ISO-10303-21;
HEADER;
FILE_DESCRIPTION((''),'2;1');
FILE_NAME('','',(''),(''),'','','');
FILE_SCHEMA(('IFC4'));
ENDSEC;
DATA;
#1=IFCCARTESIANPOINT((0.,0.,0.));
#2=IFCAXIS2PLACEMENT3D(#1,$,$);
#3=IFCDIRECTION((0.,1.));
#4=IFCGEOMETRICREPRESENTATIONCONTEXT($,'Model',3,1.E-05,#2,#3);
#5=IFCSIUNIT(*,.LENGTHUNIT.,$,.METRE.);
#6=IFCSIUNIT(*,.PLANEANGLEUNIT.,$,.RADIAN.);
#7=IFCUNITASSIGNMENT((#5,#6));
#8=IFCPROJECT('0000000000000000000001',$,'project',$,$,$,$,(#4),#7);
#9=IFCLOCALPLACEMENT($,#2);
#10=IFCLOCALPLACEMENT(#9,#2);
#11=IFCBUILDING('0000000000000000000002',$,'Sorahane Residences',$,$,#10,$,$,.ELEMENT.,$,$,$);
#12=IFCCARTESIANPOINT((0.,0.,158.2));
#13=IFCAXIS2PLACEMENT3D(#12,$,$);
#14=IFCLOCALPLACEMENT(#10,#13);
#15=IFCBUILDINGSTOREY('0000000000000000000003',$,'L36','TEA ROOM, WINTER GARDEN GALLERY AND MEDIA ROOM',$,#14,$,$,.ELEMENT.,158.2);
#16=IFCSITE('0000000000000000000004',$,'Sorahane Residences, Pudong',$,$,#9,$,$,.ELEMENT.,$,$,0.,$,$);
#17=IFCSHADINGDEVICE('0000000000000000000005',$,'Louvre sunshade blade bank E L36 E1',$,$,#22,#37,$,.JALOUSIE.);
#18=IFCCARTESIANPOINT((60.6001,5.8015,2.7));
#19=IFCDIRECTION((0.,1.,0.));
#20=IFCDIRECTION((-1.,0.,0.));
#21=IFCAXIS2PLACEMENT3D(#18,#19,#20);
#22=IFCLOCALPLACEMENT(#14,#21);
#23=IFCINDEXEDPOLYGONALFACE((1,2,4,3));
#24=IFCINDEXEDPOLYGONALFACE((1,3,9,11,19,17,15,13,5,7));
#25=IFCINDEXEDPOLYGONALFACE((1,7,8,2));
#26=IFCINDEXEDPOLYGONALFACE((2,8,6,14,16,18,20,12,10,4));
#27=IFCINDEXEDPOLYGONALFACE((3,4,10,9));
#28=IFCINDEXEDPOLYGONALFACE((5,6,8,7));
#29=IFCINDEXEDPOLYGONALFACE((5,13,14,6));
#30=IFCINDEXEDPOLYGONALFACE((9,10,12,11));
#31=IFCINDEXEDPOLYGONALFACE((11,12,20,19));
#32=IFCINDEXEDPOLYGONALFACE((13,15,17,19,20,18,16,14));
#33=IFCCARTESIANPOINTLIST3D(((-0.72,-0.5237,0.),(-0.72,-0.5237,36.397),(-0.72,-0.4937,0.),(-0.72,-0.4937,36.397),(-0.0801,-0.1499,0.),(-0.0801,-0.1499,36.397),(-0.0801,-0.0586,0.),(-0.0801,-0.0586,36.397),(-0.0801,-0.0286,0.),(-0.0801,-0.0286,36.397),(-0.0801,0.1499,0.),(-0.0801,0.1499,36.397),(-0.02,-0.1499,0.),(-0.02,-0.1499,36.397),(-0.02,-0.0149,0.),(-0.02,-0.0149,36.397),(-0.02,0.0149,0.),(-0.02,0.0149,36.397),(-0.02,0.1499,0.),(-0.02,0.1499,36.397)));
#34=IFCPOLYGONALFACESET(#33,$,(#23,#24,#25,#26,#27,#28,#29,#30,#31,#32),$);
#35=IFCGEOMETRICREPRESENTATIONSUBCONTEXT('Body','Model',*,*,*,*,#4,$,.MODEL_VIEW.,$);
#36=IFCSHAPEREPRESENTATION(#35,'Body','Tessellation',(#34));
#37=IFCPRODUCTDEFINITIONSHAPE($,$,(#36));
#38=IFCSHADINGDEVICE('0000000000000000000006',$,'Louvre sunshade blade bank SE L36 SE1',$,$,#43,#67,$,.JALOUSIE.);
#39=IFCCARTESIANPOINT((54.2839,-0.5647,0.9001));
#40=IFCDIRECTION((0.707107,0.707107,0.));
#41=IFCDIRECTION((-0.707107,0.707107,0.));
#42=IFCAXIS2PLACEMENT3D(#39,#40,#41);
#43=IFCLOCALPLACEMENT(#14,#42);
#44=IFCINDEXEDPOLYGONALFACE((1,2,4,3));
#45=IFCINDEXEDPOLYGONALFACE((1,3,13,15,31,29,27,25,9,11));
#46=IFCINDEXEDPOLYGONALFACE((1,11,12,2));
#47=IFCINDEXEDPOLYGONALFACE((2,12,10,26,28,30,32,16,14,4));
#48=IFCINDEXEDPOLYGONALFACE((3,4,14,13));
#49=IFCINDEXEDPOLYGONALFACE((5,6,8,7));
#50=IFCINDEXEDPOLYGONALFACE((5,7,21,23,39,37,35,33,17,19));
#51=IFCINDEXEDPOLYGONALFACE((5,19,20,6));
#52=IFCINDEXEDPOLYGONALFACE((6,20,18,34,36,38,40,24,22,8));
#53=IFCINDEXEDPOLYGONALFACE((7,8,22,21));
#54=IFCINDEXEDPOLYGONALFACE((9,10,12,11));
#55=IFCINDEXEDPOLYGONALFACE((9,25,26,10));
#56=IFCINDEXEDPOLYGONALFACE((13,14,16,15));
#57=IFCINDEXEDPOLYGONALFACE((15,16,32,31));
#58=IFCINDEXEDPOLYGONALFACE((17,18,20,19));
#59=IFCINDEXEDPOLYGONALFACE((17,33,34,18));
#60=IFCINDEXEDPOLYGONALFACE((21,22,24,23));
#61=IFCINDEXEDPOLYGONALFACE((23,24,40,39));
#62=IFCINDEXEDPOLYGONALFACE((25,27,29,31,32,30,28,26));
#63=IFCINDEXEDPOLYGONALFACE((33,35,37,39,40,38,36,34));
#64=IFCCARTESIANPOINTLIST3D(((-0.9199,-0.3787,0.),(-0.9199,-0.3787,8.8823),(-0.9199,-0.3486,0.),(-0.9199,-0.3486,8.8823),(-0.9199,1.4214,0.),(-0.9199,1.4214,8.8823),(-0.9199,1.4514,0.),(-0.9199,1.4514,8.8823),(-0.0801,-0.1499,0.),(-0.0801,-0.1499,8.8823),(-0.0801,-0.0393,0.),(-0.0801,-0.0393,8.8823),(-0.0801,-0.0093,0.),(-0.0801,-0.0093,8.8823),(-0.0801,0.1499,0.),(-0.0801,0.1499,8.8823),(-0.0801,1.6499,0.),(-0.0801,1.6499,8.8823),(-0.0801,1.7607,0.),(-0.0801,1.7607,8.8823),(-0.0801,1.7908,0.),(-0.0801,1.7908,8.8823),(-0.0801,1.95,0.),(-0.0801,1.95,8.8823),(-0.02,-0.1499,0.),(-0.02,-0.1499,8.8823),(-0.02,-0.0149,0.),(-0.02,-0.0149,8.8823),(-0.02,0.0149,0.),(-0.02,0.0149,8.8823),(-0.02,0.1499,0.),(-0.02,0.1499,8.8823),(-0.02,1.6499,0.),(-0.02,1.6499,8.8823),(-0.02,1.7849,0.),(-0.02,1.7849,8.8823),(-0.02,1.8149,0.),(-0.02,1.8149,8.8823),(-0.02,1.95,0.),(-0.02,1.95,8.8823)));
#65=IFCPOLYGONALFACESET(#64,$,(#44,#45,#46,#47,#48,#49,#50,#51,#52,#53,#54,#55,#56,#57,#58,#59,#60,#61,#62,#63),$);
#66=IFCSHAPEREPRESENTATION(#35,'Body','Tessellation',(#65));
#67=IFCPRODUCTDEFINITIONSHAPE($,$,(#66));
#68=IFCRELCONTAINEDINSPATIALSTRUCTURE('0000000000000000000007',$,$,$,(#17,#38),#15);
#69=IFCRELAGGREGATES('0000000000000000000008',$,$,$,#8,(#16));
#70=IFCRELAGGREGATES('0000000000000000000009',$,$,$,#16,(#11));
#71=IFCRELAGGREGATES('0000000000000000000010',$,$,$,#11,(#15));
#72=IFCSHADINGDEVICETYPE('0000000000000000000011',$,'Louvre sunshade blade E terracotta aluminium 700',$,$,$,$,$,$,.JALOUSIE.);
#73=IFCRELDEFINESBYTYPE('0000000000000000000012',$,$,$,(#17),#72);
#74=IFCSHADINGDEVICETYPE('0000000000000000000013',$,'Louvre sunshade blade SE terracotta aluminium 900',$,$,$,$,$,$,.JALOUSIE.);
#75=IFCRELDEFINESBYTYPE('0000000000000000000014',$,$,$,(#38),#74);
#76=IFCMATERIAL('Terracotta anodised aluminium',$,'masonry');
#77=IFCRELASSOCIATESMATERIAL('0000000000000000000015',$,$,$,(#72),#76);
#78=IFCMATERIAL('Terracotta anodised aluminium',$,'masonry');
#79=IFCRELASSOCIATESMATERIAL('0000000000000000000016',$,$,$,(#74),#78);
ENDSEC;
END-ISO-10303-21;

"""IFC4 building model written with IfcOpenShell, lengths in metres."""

from ifc_helpers import new_model, si_unit, direction, frame, origin, place, context, subcontext, project, spatial, polyline, outline, composite_profile, extrude, material, type_object, element, save


model = new_model("IFC4")

# Units and contexts
model_context = context("Model", 3, precision=1e-05, world=origin(), true_north=direction((0.0, 1.0)))
body_context = subcontext(model_context, "Body", "Model", "MODEL_VIEW")
ifc_project = project(units=[si_unit("LENGTHUNIT", "METRE"), si_unit("PLANEANGLEUNIT", "RADIAN")], contexts=[model_context])

# Site, building, storey
site_placement = place(None, origin())
site = spatial("IfcSite", under=ifc_project, at=site_placement, Name="Sorahane Residences, Pudong", CompositionType="ELEMENT", RefElevation=0.0)
building_placement = place(site_placement, origin())
building = spatial("IfcBuilding", under=site, at=building_placement, Name="Sorahane Residences", CompositionType="ELEMENT")
storey_placement = place(building_placement, frame((0.0, 0.0, 158.2)))
storey = spatial("IfcBuildingStorey", under=building, at=storey_placement, Name="L36", Description="TEA ROOM, WINTER GARDEN GALLERY AND MEDIA ROOM", CompositionType="ELEMENT", Elevation=158.2)

# Shading devices
ifc_material_1 = material(Name="Terracotta anodised aluminium", Category="masonry")
shading_device_type_1 = type_object("IfcShadingDeviceType", Name="Louvre sunshade blade E terracotta aluminium 700", PredefinedType="JALOUSIE", material=ifc_material_1)
shading_device_1_placement = place(storey_placement, frame((60.6001, 5.8015, 2.7), z_axis=(0.0, 1.0, 0.0), x_axis=(-1.0, 0.0, 0.0)))
element("IfcShadingDevice", 1, at=shading_device_1_placement, inside=storey, type_object=shading_device_type_1, Name="Louvre sunshade blade bank E L36 E1", PredefinedType="JALOUSIE", context=body_context, shape_type="SweptSolid", body=[
    extrude(outline(polyline([(-0.72, -0.4937), (-0.72, -0.5237), (-0.0801, -0.0586), (-0.0801, -0.1499), (-0.02, -0.1499), (-0.02, -0.0149), (-0.02, 0.0149), (-0.02, 0.1499), (-0.0801, 0.1499), (-0.0801, -0.0286), (-0.72, -0.4937)])), origin(), (0.0, 0.0, 1.0), 36.397),
])
ifc_material_2 = material(Name="Terracotta anodised aluminium", Category="masonry")
shading_device_type_2 = type_object("IfcShadingDeviceType", Name="Louvre sunshade blade SE terracotta aluminium 900", PredefinedType="JALOUSIE", material=ifc_material_2)
shading_device_2_placement = place(storey_placement, frame((54.2839, -0.5647, 0.9001), z_axis=(0.707107, 0.707107, 0.0), x_axis=(-0.707107, 0.707107, 0.0)))
element("IfcShadingDevice", 2, at=shading_device_2_placement, inside=storey, type_object=shading_device_type_2, Name="Louvre sunshade blade bank SE L36 SE1", PredefinedType="JALOUSIE", context=body_context, shape_type="SweptSolid", body=[
    extrude(composite_profile([outline(polyline([(-0.9199, -0.3486), (-0.9199, -0.3787), (-0.0801, -0.0393), (-0.0801, -0.1499), (-0.02, -0.1499), (-0.02, -0.0149), (-0.02, 0.0149), (-0.02, 0.1499), (-0.0801, 0.1499), (-0.0801, -0.0093), (-0.9199, -0.3486)])), outline(polyline([(-0.9199, 1.4514), (-0.9199, 1.4214), (-0.0801, 1.7607), (-0.0801, 1.6499), (-0.02, 1.6499), (-0.02, 1.7849), (-0.02, 1.8149), (-0.02, 1.95), (-0.0801, 1.95), (-0.0801, 1.7908), (-0.9199, 1.4514)]))]), origin(), (0.0, 0.0, 1.0), 8.8823),
])

save(model, "model.ifc")
